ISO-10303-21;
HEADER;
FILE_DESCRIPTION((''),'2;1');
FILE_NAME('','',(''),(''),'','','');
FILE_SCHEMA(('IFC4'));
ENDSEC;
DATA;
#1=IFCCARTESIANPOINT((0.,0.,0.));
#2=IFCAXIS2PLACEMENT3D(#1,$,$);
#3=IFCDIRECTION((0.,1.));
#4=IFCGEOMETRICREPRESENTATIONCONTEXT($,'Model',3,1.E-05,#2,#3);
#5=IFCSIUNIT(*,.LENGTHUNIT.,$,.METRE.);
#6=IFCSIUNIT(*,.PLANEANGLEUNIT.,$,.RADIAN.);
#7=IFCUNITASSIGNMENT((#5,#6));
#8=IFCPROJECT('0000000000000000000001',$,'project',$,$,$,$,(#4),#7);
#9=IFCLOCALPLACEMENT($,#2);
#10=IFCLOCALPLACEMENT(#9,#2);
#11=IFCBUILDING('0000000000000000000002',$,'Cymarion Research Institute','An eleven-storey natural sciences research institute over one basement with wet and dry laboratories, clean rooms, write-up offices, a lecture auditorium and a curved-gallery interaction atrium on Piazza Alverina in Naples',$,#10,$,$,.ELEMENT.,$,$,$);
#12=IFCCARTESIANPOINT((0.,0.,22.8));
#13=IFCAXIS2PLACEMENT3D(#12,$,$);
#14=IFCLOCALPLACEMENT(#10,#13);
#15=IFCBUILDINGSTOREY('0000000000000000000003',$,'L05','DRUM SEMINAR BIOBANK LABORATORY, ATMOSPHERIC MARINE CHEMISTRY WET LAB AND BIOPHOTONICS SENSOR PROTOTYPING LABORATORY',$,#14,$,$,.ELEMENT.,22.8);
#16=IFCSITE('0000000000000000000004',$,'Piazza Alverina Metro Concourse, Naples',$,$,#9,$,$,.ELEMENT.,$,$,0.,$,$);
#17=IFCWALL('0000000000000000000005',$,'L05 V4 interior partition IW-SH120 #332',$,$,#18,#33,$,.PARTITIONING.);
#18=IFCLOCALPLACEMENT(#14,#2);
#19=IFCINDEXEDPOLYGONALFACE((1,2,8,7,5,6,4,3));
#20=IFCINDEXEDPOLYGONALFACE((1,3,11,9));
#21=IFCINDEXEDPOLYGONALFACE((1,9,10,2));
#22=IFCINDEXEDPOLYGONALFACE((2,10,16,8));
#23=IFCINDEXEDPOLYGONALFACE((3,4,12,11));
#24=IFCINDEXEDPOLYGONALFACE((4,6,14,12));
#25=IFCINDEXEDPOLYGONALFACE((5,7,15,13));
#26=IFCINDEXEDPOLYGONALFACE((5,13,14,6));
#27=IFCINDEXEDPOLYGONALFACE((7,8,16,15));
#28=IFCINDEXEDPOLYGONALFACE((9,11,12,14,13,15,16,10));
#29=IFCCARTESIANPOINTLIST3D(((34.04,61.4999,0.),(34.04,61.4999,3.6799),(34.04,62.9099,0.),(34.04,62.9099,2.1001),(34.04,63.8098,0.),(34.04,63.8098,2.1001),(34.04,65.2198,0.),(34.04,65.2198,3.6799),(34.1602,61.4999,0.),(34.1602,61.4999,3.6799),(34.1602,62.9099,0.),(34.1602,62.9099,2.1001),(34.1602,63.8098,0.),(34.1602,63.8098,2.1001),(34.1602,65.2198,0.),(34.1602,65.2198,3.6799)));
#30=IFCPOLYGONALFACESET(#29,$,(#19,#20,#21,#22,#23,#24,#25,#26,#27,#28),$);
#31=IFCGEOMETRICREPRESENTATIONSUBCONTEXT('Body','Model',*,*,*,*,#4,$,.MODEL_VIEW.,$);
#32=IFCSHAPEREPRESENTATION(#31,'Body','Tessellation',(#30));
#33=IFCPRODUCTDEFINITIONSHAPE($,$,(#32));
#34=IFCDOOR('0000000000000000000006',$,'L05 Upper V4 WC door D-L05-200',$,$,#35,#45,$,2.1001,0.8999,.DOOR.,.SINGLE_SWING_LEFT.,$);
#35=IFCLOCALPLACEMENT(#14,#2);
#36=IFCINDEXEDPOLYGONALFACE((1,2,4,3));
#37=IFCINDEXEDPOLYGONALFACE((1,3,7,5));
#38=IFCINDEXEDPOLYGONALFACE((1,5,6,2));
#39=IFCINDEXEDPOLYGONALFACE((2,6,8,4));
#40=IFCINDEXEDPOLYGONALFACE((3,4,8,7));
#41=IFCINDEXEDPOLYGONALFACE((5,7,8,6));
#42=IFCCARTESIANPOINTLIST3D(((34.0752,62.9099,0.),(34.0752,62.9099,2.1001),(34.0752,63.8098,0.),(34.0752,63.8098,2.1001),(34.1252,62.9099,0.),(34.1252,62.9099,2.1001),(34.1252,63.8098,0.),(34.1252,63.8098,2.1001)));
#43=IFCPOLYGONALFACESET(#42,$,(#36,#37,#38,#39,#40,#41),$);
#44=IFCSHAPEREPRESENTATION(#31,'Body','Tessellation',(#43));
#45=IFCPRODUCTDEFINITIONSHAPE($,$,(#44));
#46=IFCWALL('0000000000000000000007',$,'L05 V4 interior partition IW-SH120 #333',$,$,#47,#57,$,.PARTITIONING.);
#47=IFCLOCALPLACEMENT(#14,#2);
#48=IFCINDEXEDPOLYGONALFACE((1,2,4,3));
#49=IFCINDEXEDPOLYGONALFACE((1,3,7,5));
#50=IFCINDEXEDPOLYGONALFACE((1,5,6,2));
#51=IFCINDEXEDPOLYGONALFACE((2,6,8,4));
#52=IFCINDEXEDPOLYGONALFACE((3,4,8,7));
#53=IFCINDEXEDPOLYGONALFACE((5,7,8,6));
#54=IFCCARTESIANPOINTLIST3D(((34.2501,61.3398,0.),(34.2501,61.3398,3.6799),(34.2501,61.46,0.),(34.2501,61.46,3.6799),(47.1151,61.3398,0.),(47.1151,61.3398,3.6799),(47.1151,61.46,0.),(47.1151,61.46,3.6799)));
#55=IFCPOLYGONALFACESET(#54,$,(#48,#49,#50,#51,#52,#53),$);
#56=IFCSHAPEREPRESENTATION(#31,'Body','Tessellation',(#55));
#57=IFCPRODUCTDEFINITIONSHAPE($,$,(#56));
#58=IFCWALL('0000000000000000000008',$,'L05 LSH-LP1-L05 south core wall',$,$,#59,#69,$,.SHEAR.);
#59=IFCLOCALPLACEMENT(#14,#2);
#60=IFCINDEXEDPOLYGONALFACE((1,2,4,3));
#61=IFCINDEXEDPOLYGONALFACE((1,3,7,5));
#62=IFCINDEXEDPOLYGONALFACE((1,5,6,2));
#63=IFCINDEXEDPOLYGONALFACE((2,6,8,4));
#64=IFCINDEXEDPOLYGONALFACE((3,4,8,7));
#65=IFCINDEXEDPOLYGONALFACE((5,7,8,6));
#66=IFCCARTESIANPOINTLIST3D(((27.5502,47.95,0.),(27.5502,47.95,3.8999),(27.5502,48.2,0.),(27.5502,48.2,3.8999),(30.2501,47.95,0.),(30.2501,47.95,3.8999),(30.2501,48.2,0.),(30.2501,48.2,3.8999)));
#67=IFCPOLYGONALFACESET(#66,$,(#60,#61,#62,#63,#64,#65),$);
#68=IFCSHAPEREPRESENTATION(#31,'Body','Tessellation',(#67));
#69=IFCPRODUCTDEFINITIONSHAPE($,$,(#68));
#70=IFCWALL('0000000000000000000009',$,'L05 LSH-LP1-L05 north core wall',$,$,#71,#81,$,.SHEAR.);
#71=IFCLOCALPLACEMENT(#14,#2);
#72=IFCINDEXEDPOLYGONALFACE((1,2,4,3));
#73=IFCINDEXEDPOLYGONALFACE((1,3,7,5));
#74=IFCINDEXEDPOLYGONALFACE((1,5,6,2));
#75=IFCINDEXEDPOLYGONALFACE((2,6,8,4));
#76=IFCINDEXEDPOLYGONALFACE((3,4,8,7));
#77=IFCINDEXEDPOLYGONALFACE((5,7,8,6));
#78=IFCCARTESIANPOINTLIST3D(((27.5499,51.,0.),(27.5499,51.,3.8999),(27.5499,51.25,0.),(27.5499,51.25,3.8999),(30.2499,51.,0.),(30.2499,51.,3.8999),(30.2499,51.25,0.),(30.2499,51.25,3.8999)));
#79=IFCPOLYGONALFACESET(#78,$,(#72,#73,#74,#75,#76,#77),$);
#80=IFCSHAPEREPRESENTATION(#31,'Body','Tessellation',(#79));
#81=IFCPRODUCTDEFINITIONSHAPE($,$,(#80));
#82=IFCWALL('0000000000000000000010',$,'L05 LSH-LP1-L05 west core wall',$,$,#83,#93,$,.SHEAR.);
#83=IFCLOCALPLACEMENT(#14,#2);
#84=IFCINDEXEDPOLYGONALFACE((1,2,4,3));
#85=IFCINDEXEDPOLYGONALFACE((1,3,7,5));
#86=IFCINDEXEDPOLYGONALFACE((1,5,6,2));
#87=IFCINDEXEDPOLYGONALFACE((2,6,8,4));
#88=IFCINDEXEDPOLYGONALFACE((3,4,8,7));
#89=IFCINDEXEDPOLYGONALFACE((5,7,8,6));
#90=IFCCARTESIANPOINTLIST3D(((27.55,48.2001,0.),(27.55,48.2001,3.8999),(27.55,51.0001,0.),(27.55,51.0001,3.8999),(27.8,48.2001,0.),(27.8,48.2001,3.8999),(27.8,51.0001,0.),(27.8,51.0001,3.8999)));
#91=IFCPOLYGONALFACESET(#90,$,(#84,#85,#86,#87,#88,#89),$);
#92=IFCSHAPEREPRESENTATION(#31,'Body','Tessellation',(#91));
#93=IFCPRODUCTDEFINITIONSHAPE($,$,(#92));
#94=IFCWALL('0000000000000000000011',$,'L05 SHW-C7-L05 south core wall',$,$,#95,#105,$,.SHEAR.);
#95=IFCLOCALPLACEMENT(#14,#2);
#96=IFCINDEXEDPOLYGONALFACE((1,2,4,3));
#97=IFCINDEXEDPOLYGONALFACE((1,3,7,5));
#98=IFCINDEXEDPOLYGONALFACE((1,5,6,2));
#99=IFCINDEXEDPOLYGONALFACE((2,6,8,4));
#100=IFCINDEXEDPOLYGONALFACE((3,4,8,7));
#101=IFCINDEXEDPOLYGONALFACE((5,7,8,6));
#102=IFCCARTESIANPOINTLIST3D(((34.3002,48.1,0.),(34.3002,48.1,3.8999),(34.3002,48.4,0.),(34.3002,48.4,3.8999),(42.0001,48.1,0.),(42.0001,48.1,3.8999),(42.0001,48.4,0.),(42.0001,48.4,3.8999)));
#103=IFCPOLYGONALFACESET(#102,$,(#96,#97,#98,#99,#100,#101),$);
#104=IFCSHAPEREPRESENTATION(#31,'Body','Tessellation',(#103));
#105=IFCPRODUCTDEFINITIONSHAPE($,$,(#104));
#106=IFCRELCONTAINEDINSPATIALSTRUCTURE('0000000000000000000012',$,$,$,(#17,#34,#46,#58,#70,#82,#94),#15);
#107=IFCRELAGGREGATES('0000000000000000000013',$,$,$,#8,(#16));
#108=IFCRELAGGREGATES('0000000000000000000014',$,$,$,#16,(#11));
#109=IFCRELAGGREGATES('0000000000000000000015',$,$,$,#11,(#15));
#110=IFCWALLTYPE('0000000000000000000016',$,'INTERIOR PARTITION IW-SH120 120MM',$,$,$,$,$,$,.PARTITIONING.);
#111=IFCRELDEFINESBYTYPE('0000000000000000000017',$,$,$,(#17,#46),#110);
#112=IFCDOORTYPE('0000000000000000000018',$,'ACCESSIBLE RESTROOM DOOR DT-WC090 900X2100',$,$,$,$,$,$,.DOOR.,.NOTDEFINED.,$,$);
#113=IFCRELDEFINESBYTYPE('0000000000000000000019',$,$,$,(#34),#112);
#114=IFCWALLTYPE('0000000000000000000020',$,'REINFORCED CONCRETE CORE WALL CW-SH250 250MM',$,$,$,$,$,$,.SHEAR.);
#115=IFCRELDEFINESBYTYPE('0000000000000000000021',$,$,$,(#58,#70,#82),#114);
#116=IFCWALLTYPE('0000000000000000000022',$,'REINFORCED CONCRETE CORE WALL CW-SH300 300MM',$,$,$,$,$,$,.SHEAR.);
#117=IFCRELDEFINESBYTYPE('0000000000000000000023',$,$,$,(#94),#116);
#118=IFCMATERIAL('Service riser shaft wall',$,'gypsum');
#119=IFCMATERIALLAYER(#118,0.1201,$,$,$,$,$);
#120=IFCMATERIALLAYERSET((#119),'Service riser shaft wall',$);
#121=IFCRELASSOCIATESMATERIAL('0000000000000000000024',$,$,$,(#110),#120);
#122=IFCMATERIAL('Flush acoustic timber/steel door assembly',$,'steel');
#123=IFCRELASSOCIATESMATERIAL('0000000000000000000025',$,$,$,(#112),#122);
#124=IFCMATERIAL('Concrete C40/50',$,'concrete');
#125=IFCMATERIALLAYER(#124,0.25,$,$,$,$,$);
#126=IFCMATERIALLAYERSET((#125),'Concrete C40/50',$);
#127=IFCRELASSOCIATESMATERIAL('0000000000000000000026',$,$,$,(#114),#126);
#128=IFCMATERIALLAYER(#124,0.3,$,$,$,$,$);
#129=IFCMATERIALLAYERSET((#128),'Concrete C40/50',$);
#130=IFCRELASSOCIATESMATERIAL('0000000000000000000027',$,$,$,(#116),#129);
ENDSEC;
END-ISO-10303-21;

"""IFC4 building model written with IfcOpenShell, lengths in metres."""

from ifc_helpers import new_model, si_unit, direction, frame, frame_2d, origin, place, context, subcontext, project, spatial, rectangle, extrude, material, layer, layer_set, type_object, element, fill, save


model = new_model("IFC4")

# Units and contexts
model_context = context("Model", 3, precision=1e-05, world=origin(), true_north=direction((0.0, 1.0)))
body_context = subcontext(model_context, "Body", "Model", "MODEL_VIEW")
ifc_project = project(units=[si_unit("LENGTHUNIT", "METRE"), si_unit("PLANEANGLEUNIT", "RADIAN")], contexts=[model_context])

# Site, building, storey
site_placement = place(None, origin())
site = spatial("IfcSite", under=ifc_project, at=site_placement, Name="Piazza Alverina Metro Concourse, Naples", CompositionType="ELEMENT", RefElevation=0.0)
building_placement = place(site_placement, origin())
building = spatial("IfcBuilding", under=site, at=building_placement, Name="Cymarion Research Institute", Description="An eleven-storey natural sciences research institute over one basement with wet and dry laboratories, clean rooms, write-up offices, a lecture auditorium and a curved-gallery interaction atrium on Piazza Alverina in Naples", CompositionType="ELEMENT")
storey_placement = place(building_placement, frame((0.0, 0.0, 22.8)))
storey = spatial("IfcBuildingStorey", under=building, at=storey_placement, Name="L05", Description="DRUM SEMINAR BIOBANK LABORATORY, ATMOSPHERIC MARINE CHEMISTRY WET LAB AND BIOPHOTONICS SENSOR PROTOTYPING LABORATORY", CompositionType="ELEMENT", Elevation=22.8)

# Shared definitions
ifc_material_1 = material(Name="Concrete C40/50", Category="concrete")

# Shared definitions
ifc_material_2 = material(Name="Flush acoustic timber/steel door assembly", Category="steel")

# Wall, opening, door
ifc_material_3 = material(Name="Service riser shaft wall", Category="gypsum")
ifc_layer_1 = layer(ifc_material_3, 0.1201)
ifc_layer_set_1 = layer_set([ifc_layer_1], Name="Service riser shaft wall")
wall_type_1 = type_object("IfcWallType", Name="INTERIOR PARTITION IW-SH120 120MM", PredefinedType="PARTITIONING", material=ifc_layer_set_1)
wall_1_placement = place(storey_placement, frame((34.1001, 61.5, 0.0), z_axis=(0.0, 0.0, 1.0), x_axis=(0.0, 1.0, 0.0)))
wall_1 = element("IfcWall", 1, at=wall_1_placement, inside=storey, type_object=wall_type_1, Name="L05 V4 interior partition IW-SH120 #332", PredefinedType="PARTITIONING", context=body_context, shape_type="SweptSolid", body=[
    extrude(rectangle(XDim=3.72, YDim=0.1201, at=frame_2d((1.8599, 0.0))), origin(), (0.0, 0.0, 1.0), 3.6799),
])
opening_1_placement = place(wall_1_placement, frame((1.4099, 0.0, 0.0)))
opening_1 = element("IfcOpeningElement", 2, at=opening_1_placement, cuts=wall_1, PredefinedType="OPENING", context=body_context, shape_type="SweptSolid", body=[
    extrude(rectangle(XDim=0.8999, YDim=2.1001, at=frame_2d((0.45, 1.05))), frame((0.0, 0.0701, 0.0), z_axis=(0.0, -1.0, 0.0), x_axis=(1.0, 0.0, 0.0)), (0.0, 0.0, 1.0), 0.1401),
])
door_type_1 = type_object("IfcDoorType", Name="ACCESSIBLE RESTROOM DOOR DT-WC090 900X2100", OperationType="NOTDEFINED", PredefinedType="DOOR", material=ifc_material_2)
door_1_placement = place(opening_1_placement, origin())
door_1 = element("IfcDoor", 3, at=door_1_placement, inside=storey, type_object=door_type_1, Name="L05 Upper V4 WC door D-L05-200", OperationType="SINGLE_SWING_LEFT", OverallHeight=2.1001, OverallWidth=0.8999, PredefinedType="DOOR", context=body_context, shape_type="SweptSolid", body=[
    extrude(rectangle(XDim=0.8999, YDim=2.1001, at=frame_2d((0.45, 1.05))), frame((0.0, 0.0249, 0.0), z_axis=(0.0, -1.0, 0.0), x_axis=(1.0, 0.0, 0.0)), (0.0, 0.0, 1.0), 0.05),
])
fill(opening_1, door_1)

# Walls
wall_2_placement = place(storey_placement, frame((34.25, 61.3999, 0.0), z_axis=(0.0, 0.0, 1.0), x_axis=(1.0, 0.0, 0.0)))
element("IfcWall", 4, at=wall_2_placement, inside=storey, type_object=wall_type_1, Name="L05 V4 interior partition IW-SH120 #333", PredefinedType="PARTITIONING", context=body_context, shape_type="SweptSolid", body=[
    extrude(rectangle(XDim=12.865, YDim=0.1201, at=frame_2d((6.4326, 0.0))), origin(), (0.0, 0.0, 1.0), 3.6799),
])
ifc_layer_2 = layer(ifc_material_1, 0.25)
ifc_layer_set_2 = layer_set([ifc_layer_2], Name="Concrete C40/50")
wall_type_2 = type_object("IfcWallType", Name="REINFORCED CONCRETE CORE WALL CW-SH250 250MM", PredefinedType="SHEAR", material=ifc_layer_set_2)
for number, where, z_axis, x_axis, name in (
    (5, (27.55, 48.075, 0.0), (0.0, 0.0, 1.0), (1.0, 0.0, 0.0), "L05 LSH-LP1-L05 south core wall"),
    (6, (30.25, 51.125, 0.0), (0.0, 0.0, 1.0), (-1.0, 0.0, 0.0), "L05 LSH-LP1-L05 north core wall"),
):
    element("IfcWall", number, at=place(storey_placement, frame(where, z_axis=z_axis, x_axis=x_axis)), inside=storey, type_object=wall_type_2, Name=name, PredefinedType="SHEAR", context=body_context, shape_type="SweptSolid", body=[
        extrude(rectangle(XDim=2.7, YDim=0.25, at=frame_2d((1.3501, 0.0))), origin(), (0.0, 0.0, 1.0), 3.8999),
    ])
wall_3_placement = place(storey_placement, frame((27.675, 51.0, 0.0), z_axis=(0.0, 0.0, 1.0), x_axis=(0.0, -1.0, 0.0)))
element("IfcWall", 7, at=wall_3_placement, inside=storey, type_object=wall_type_2, Name="L05 LSH-LP1-L05 west core wall", PredefinedType="SHEAR", context=body_context, shape_type="SweptSolid", body=[
    extrude(rectangle(XDim=2.8, YDim=0.25, at=frame_2d((1.3999, 0.0))), origin(), (0.0, 0.0, 1.0), 3.8999),
])

# Wall
ifc_layer_3 = layer(ifc_material_1, 0.3)
ifc_layer_set_3 = layer_set([ifc_layer_3], Name="Concrete C40/50")
wall_type_3 = type_object("IfcWallType", Name="REINFORCED CONCRETE CORE WALL CW-SH300 300MM", PredefinedType="SHEAR", material=ifc_layer_set_3)
wall_4_placement = place(storey_placement, frame((34.3, 48.25, 0.0), z_axis=(0.0, 0.0, 1.0), x_axis=(1.0, 0.0, 0.0)))
element("IfcWall", 8, at=wall_4_placement, inside=storey, type_object=wall_type_3, Name="L05 SHW-C7-L05 south core wall", PredefinedType="SHEAR", context=body_context, shape_type="SweptSolid", body=[
    extrude(rectangle(XDim=7.7, YDim=0.3, at=frame_2d((3.8501, 0.0))), origin(), (0.0, 0.0, 1.0), 3.8999),
])

save(model, "model.ifc")
